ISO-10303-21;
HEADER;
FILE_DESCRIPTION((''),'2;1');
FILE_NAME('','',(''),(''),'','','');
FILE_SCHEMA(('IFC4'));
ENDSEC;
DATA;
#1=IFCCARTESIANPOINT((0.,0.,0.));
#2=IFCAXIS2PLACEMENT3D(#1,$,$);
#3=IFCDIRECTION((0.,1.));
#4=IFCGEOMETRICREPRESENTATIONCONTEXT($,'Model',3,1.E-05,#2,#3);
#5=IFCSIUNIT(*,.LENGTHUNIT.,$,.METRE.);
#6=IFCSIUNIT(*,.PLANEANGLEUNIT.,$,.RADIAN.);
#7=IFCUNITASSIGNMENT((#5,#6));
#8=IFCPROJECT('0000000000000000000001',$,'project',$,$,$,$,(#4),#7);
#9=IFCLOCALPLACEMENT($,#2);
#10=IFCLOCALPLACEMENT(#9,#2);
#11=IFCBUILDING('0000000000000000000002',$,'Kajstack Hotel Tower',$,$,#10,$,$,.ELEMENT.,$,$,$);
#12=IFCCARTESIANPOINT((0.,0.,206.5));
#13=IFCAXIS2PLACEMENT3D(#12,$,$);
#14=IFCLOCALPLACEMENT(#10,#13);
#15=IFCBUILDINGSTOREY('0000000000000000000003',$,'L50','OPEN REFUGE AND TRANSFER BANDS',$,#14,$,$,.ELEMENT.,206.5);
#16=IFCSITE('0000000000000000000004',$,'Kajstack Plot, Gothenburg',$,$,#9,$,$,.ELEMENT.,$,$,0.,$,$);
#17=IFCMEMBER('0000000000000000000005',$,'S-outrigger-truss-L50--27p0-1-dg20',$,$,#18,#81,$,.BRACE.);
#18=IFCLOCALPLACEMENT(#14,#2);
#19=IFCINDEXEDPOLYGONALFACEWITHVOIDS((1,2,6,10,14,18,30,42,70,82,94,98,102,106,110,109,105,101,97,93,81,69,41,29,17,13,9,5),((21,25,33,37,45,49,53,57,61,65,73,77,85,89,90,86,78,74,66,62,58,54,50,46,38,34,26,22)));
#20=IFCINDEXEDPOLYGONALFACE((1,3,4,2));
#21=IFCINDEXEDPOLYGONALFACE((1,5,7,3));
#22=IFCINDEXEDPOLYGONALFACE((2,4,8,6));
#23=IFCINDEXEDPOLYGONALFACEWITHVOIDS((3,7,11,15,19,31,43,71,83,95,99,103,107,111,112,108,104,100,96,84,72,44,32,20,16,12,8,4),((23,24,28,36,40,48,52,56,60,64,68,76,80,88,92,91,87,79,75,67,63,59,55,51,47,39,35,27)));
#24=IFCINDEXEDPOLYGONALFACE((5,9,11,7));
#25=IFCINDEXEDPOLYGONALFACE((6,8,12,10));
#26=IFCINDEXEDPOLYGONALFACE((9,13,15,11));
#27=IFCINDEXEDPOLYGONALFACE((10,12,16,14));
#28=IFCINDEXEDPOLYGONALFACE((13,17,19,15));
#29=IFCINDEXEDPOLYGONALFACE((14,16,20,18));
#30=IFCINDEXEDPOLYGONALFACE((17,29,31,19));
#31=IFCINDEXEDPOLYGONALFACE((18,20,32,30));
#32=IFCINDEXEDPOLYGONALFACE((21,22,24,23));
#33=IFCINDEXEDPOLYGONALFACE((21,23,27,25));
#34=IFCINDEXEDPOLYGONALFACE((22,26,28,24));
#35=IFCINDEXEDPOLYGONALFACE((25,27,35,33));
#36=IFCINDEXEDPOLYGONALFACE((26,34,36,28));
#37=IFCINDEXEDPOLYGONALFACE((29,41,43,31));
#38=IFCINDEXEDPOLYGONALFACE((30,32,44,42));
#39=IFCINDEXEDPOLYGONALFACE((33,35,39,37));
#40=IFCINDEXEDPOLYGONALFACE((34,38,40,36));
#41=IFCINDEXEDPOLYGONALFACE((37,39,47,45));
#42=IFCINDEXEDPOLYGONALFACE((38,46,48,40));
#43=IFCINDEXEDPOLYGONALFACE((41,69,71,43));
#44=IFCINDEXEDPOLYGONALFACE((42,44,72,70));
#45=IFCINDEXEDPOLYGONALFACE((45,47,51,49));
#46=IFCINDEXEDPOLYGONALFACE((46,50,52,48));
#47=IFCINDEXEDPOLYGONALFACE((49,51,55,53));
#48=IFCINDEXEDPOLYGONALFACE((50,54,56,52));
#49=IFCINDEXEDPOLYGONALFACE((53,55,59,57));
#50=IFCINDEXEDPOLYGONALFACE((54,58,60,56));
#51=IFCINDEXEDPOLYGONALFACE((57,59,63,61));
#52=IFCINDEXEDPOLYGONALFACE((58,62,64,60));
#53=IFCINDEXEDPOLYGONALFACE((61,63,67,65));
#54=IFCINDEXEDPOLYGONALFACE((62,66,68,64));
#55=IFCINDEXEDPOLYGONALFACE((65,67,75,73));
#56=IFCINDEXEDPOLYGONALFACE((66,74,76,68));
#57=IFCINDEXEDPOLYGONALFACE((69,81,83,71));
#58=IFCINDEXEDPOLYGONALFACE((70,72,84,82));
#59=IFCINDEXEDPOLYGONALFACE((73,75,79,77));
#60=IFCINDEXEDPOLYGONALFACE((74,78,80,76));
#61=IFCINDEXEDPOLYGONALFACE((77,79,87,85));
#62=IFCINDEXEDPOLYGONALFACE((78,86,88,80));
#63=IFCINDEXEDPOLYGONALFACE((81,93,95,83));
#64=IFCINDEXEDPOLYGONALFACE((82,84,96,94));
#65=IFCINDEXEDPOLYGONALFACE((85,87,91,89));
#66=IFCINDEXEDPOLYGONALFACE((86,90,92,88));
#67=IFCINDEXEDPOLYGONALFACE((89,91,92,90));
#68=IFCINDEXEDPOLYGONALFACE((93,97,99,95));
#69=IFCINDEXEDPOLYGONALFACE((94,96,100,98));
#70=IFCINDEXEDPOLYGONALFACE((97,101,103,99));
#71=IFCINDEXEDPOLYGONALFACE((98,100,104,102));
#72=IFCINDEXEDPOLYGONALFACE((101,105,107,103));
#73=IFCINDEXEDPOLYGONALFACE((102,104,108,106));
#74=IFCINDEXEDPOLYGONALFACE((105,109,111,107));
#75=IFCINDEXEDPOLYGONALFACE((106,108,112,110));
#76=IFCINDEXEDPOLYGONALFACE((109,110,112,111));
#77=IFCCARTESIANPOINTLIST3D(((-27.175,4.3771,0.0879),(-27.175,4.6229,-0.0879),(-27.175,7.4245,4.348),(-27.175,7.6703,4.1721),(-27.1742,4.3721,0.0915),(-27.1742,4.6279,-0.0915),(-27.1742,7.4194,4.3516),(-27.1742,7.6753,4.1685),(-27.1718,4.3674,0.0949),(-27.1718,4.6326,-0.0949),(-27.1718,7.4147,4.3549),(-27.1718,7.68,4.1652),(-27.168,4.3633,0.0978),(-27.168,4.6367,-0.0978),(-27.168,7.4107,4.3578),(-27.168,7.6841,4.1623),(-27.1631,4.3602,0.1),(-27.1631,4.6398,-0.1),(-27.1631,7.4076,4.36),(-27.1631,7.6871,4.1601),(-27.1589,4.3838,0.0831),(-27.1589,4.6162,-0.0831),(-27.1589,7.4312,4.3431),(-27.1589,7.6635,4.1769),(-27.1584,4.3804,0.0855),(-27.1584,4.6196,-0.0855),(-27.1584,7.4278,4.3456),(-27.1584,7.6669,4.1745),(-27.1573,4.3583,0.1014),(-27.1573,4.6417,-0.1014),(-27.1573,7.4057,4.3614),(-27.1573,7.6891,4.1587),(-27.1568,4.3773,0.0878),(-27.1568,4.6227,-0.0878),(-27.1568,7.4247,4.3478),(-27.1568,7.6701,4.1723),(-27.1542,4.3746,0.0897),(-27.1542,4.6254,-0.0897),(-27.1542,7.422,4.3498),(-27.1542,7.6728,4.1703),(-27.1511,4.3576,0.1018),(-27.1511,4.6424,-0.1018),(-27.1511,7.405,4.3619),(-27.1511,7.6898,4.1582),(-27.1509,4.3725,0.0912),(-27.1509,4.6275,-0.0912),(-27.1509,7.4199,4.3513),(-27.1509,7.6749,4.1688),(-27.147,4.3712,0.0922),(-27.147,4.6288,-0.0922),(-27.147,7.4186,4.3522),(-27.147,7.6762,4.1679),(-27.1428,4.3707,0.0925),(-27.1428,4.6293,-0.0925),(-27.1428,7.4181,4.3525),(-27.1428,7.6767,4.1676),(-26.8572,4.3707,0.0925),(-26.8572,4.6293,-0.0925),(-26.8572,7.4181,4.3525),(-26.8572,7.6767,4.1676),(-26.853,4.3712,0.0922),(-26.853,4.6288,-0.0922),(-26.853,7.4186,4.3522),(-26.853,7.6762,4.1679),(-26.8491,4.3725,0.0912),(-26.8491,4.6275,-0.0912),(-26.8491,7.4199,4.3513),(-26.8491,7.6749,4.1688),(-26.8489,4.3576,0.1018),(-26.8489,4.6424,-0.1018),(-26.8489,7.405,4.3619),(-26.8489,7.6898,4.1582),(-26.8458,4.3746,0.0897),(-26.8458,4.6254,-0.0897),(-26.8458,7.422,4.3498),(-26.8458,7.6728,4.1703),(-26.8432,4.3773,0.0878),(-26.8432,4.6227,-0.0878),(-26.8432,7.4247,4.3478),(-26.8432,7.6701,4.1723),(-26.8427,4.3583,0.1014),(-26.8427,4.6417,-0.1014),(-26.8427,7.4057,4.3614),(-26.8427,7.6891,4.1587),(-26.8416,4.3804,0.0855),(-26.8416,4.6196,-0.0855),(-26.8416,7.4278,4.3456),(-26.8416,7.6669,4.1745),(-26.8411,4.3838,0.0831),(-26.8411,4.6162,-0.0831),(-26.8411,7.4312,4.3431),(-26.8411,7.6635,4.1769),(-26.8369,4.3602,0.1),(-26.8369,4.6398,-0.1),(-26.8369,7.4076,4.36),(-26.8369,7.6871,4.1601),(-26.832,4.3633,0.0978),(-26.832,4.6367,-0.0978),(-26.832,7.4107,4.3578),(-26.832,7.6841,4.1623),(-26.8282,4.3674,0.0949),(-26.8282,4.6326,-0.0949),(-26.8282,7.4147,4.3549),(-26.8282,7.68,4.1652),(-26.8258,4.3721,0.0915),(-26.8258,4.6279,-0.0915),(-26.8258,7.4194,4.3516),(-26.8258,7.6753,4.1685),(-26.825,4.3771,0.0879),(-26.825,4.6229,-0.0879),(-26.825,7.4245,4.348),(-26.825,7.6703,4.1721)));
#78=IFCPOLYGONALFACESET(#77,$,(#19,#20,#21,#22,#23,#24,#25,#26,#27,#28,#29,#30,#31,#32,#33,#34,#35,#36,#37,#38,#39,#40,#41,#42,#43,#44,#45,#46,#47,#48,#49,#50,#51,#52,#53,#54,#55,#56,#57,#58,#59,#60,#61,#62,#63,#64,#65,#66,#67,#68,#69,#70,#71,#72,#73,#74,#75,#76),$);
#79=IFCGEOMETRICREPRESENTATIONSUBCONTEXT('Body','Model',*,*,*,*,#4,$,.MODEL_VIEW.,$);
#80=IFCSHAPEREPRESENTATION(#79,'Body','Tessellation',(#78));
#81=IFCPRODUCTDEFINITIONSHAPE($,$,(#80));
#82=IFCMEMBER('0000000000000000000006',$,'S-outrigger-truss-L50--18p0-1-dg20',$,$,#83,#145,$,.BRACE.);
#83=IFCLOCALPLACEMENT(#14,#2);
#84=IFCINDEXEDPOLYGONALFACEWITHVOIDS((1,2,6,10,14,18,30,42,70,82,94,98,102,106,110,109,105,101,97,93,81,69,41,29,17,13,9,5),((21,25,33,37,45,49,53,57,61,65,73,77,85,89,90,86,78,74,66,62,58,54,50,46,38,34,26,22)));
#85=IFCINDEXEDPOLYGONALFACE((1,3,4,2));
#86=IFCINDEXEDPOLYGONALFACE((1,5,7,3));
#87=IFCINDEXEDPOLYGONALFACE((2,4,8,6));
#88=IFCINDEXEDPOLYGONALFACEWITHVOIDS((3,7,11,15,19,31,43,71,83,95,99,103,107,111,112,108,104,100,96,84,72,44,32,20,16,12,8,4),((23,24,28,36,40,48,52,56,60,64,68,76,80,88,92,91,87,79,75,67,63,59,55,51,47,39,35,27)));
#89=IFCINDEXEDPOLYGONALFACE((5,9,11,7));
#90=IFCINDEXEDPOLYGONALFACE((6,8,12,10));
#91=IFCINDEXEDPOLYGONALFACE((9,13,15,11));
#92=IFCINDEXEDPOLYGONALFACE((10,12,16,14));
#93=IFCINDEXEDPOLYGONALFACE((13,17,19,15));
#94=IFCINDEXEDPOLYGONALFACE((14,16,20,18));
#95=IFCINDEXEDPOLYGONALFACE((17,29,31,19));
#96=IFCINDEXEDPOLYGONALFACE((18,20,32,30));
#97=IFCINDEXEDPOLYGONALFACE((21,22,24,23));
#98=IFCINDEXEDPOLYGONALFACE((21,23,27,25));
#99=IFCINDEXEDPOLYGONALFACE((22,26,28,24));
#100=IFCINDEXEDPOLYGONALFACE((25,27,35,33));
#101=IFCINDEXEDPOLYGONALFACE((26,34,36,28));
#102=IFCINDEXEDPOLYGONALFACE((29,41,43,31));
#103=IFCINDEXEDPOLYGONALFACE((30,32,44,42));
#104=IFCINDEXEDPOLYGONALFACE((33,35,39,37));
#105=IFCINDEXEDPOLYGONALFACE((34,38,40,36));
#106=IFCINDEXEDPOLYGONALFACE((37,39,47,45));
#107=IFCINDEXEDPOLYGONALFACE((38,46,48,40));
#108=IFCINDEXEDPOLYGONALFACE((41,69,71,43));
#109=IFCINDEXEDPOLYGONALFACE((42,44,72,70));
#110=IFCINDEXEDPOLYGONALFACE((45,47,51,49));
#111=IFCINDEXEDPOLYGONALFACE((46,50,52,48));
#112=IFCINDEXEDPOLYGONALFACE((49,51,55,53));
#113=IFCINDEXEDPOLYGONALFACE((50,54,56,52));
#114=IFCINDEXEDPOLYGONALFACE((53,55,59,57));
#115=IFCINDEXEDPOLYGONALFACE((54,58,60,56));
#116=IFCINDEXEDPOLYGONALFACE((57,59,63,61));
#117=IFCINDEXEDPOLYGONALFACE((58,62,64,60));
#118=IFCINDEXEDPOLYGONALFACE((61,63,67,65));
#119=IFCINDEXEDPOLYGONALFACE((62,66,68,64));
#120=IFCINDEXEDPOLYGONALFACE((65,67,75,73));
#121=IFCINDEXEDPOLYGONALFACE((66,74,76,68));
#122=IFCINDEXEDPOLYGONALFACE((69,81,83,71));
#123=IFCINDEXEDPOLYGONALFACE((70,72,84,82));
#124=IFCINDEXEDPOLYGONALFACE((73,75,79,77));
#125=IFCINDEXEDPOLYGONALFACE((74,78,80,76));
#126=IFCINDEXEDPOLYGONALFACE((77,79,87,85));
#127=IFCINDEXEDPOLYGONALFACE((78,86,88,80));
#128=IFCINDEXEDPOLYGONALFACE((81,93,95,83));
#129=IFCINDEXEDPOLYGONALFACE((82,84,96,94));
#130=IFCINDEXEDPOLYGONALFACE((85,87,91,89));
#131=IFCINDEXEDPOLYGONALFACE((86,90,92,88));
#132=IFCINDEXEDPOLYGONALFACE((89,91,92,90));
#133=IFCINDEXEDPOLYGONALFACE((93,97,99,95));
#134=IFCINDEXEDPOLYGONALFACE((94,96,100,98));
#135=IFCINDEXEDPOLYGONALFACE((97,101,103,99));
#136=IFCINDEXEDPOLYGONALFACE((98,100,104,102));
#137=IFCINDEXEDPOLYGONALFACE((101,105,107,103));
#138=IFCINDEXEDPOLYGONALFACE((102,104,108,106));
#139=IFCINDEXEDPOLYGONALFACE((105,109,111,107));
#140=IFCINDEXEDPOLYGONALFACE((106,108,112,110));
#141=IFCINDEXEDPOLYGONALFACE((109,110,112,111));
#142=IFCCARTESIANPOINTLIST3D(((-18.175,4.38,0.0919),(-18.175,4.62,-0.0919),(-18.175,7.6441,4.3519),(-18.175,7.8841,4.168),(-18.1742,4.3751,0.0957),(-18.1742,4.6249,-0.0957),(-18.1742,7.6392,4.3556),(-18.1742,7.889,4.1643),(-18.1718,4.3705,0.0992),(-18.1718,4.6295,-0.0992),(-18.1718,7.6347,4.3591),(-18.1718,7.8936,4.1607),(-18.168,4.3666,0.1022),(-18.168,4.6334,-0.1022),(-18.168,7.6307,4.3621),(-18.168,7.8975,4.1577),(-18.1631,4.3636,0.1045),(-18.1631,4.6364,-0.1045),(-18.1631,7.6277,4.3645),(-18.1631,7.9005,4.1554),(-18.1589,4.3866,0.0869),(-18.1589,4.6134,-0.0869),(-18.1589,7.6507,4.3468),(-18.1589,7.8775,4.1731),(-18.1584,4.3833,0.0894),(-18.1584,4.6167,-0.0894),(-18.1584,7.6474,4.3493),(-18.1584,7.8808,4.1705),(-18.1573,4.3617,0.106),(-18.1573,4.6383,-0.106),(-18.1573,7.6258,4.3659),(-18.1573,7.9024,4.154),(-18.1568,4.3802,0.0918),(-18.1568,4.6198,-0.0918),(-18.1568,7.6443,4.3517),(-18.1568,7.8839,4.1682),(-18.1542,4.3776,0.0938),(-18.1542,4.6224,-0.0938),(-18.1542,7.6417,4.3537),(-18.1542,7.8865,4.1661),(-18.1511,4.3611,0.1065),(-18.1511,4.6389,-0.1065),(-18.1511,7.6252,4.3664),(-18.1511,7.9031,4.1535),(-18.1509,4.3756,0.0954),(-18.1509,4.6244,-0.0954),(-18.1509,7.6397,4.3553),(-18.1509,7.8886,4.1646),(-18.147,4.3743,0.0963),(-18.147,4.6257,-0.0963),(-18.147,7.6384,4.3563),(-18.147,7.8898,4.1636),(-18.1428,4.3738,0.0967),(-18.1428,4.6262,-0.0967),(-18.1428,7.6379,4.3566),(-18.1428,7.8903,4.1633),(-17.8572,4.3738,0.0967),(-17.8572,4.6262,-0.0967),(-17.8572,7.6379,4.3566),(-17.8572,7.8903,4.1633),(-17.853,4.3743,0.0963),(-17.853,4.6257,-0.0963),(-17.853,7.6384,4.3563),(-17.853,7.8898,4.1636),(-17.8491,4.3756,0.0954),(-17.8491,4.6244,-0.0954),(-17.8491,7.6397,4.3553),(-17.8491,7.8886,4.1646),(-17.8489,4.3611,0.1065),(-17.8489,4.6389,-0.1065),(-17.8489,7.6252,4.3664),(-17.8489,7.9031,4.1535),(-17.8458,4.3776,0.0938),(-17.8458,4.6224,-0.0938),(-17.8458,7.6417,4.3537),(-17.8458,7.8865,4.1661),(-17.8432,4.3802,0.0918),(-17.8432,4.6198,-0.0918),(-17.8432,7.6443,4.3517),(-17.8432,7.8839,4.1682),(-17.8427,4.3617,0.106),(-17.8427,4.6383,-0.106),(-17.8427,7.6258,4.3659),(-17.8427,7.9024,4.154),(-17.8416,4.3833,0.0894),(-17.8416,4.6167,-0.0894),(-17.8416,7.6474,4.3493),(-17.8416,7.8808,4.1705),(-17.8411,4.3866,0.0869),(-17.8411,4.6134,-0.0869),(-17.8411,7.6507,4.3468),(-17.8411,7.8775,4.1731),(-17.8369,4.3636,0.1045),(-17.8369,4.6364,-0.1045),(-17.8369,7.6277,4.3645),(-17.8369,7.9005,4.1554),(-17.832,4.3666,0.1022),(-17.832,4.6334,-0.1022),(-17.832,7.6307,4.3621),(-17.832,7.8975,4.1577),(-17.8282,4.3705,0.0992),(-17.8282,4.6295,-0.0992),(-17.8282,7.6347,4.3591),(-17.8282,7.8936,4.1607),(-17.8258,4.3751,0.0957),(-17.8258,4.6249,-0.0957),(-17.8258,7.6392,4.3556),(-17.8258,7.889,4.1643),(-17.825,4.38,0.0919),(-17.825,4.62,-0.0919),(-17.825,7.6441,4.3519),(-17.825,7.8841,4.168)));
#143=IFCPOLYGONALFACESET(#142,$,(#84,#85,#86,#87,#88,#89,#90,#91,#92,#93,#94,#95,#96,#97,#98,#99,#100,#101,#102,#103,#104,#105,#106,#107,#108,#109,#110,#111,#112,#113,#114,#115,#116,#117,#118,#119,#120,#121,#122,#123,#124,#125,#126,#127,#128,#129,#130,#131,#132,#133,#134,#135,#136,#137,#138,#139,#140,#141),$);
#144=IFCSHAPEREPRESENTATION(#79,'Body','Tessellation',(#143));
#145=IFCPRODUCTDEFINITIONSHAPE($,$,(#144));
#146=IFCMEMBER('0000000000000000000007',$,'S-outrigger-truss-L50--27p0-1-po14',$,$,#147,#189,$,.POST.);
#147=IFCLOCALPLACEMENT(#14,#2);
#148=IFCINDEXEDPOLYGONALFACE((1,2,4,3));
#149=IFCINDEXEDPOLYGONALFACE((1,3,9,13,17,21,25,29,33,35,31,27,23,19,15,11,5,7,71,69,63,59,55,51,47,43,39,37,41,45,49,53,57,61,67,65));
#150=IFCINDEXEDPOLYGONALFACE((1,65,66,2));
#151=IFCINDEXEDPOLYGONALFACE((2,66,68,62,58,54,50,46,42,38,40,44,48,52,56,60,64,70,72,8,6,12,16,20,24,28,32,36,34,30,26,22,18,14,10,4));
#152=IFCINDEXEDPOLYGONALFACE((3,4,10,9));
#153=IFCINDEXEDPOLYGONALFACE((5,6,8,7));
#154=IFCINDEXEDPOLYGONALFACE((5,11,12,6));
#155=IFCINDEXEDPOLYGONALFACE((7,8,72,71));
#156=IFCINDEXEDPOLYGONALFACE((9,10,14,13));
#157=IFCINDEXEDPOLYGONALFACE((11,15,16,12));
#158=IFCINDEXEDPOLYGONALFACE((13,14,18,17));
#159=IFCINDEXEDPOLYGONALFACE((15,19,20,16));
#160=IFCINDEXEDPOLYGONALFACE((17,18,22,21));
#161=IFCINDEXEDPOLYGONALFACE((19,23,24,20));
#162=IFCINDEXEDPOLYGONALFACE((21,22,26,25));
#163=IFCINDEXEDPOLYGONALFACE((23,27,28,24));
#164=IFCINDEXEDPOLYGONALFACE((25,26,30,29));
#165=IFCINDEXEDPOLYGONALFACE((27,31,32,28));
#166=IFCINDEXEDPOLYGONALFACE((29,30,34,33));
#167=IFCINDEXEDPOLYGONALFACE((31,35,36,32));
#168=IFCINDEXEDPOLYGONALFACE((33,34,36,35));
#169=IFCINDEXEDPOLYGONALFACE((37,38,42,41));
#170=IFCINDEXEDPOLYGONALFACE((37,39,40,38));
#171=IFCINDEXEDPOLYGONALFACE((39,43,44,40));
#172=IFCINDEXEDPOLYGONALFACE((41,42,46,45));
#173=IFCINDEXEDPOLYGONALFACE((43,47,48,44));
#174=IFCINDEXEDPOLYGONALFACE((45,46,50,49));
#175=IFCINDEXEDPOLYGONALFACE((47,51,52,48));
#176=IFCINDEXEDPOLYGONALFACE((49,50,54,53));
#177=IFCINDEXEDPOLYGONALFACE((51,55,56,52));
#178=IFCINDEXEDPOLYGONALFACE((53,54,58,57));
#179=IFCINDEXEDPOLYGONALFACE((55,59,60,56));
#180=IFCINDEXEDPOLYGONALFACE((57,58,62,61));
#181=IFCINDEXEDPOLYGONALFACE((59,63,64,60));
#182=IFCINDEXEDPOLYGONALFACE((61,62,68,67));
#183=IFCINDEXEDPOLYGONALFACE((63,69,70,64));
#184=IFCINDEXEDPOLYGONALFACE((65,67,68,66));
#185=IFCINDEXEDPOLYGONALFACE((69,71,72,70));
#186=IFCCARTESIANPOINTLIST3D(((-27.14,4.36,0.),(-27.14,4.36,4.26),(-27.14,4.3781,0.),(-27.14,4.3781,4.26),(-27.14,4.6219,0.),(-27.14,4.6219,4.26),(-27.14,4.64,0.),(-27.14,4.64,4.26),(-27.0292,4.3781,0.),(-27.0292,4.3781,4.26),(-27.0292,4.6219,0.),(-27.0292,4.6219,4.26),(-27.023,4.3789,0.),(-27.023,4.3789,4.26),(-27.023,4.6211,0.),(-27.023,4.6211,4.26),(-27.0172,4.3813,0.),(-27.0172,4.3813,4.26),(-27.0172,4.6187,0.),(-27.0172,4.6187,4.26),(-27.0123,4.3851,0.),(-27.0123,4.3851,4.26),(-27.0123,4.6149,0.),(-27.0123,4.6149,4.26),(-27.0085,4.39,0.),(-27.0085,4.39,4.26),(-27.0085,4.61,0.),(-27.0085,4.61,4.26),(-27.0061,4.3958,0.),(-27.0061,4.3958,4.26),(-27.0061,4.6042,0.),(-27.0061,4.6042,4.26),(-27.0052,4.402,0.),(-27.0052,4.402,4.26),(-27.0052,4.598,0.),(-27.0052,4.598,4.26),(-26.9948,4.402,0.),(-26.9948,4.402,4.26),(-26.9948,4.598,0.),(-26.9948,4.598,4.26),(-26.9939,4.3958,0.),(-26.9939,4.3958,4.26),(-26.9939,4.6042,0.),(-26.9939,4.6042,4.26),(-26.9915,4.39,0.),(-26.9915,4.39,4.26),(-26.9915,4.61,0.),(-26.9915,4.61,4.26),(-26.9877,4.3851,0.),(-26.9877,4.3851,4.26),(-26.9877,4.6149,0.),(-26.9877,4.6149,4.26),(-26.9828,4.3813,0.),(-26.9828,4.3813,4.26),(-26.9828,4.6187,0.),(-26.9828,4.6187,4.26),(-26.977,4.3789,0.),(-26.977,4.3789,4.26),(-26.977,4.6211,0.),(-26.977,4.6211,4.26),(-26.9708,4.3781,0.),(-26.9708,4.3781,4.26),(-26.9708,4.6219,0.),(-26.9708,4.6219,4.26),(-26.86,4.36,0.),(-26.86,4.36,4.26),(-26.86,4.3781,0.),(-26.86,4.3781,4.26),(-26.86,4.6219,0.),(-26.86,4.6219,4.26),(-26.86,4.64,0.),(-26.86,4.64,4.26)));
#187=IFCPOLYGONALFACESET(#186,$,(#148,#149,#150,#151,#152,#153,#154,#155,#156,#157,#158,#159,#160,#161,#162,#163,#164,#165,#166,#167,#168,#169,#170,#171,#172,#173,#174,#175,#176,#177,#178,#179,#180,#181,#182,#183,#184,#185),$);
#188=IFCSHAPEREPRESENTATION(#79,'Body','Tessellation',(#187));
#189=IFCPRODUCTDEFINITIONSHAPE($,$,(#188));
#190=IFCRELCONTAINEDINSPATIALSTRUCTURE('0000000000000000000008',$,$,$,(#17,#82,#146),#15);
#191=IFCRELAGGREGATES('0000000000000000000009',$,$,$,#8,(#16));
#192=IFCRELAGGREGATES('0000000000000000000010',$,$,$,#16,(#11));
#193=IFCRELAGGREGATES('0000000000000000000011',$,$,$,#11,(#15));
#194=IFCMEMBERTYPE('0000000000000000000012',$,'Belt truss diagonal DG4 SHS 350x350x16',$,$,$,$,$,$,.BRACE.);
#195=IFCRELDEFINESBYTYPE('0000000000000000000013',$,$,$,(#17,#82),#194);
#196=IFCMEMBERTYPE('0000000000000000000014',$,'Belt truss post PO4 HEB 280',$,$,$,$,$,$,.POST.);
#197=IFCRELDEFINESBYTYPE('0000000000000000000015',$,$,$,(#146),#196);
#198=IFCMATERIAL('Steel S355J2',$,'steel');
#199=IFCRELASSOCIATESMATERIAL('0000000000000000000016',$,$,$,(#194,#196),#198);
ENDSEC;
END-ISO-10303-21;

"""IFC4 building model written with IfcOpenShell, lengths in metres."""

from ifc_helpers import new_model, si_unit, direction, frame, origin, origin_2d, place, context, subcontext, project, spatial, hollow_rectangle, i_section, extrude, material, material_profile, profile_set, type_object, element, save


model = new_model("IFC4")

# Units and contexts
model_context = context("Model", 3, precision=1e-05, world=origin(), true_north=direction((0.0, 1.0)))
body_context = subcontext(model_context, "Body", "Model", "MODEL_VIEW")
ifc_project = project(units=[si_unit("LENGTHUNIT", "METRE"), si_unit("PLANEANGLEUNIT", "RADIAN")], contexts=[model_context])

# Site, building, storey
site_placement = place(None, origin())
site = spatial("IfcSite", under=ifc_project, at=site_placement, Name="Kajstack Plot, Gothenburg", CompositionType="ELEMENT", RefElevation=0.0)
building_placement = place(site_placement, origin())
building = spatial("IfcBuilding", under=site, at=building_placement, Name="Kajstack Hotel Tower", CompositionType="ELEMENT")
storey_placement = place(building_placement, frame((0.0, 0.0, 206.5)))
storey = spatial("IfcBuildingStorey", under=building, at=storey_placement, Name="L50", Description="OPEN REFUGE AND TRANSFER BANDS", CompositionType="ELEMENT", Elevation=206.5)

# Members
ifc_material_1 = material(Name="Steel S355J2", Category="steel")
ifc_material_profile_1 = material_profile(ifc_material_1, hollow_rectangle(XDim=0.3501, YDim=0.3501, WallThickness=0.0161, InnerFilletRadius=0.0161, OuterFilletRadius=0.0239, at=origin_2d()), Name="SHS 350x350x16")
ifc_profile_set_1 = profile_set([ifc_material_profile_1], Name="Steel S355J2")
member_type_1 = type_object("IfcMemberType", Name="Belt truss diagonal DG4 SHS 350x350x16", PredefinedType="BRACE", material=ifc_profile_set_1)
member_1_placement = place(storey_placement, frame((-27.0, 4.5, 0.0), z_axis=(0.0, 0.581807, 0.813327), x_axis=(-1.0, 0.0, 0.0)))
element("IfcMember", 1, at=member_1_placement, inside=storey, type_object=member_type_1, Name="S-outrigger-truss-L50--27p0-1-dg20", PredefinedType="BRACE", context=body_context, shape_type="SweptSolid", body=[
    extrude(hollow_rectangle(XDim=0.3501, YDim=0.3501, WallThickness=0.0161, InnerFilletRadius=0.0161, OuterFilletRadius=0.0239, at=origin_2d()), origin(), (0.0, 0.0, 1.0), 5.2378),
])
member_2_placement = place(storey_placement, frame((-18.0, 4.5, 0.0), z_axis=(0.0, 0.608215, 0.793773), x_axis=(-1.0, 0.0, 0.0)))
element("IfcMember", 2, at=member_2_placement, inside=storey, type_object=member_type_1, Name="S-outrigger-truss-L50--18p0-1-dg20", PredefinedType="BRACE", context=body_context, shape_type="SweptSolid", body=[
    extrude(hollow_rectangle(XDim=0.3501, YDim=0.3501, WallThickness=0.0161, InnerFilletRadius=0.0161, OuterFilletRadius=0.0239, at=origin_2d()), origin(), (0.0, 0.0, 1.0), 5.3667),
])
ifc_material_profile_2 = material_profile(ifc_material_1, i_section(OverallWidth=0.28, OverallDepth=0.28, WebThickness=0.0105, FlangeThickness=0.0181, FilletRadius=0.0239, at=origin_2d()), Name="HEB 280")
ifc_profile_set_2 = profile_set([ifc_material_profile_2], Name="Steel S355J2")
member_type_2 = type_object("IfcMemberType", Name="Belt truss post PO4 HEB 280", PredefinedType="POST", material=ifc_profile_set_2)
for number, where, z_axis, x_axis, name in (
    (3, (-27.0, 4.5, 0.0), (0.0, 0.0, 1.0), (1.0, 0.0, 0.0), "S-outrigger-truss-L50--27p0-1-po14"),
):
    element("IfcMember", number, at=place(storey_placement, frame(where, z_axis=z_axis, x_axis=x_axis)), inside=storey, type_object=member_type_2, Name=name, PredefinedType="POST", context=body_context, shape_type="SweptSolid", body=[
        extrude(i_section(OverallWidth=0.28, OverallDepth=0.28, WebThickness=0.0105, FlangeThickness=0.0181, FilletRadius=0.0239, at=origin_2d()), origin(), (0.0, 0.0, 1.0), 4.26),
    ])

save(model, "model.ifc")
